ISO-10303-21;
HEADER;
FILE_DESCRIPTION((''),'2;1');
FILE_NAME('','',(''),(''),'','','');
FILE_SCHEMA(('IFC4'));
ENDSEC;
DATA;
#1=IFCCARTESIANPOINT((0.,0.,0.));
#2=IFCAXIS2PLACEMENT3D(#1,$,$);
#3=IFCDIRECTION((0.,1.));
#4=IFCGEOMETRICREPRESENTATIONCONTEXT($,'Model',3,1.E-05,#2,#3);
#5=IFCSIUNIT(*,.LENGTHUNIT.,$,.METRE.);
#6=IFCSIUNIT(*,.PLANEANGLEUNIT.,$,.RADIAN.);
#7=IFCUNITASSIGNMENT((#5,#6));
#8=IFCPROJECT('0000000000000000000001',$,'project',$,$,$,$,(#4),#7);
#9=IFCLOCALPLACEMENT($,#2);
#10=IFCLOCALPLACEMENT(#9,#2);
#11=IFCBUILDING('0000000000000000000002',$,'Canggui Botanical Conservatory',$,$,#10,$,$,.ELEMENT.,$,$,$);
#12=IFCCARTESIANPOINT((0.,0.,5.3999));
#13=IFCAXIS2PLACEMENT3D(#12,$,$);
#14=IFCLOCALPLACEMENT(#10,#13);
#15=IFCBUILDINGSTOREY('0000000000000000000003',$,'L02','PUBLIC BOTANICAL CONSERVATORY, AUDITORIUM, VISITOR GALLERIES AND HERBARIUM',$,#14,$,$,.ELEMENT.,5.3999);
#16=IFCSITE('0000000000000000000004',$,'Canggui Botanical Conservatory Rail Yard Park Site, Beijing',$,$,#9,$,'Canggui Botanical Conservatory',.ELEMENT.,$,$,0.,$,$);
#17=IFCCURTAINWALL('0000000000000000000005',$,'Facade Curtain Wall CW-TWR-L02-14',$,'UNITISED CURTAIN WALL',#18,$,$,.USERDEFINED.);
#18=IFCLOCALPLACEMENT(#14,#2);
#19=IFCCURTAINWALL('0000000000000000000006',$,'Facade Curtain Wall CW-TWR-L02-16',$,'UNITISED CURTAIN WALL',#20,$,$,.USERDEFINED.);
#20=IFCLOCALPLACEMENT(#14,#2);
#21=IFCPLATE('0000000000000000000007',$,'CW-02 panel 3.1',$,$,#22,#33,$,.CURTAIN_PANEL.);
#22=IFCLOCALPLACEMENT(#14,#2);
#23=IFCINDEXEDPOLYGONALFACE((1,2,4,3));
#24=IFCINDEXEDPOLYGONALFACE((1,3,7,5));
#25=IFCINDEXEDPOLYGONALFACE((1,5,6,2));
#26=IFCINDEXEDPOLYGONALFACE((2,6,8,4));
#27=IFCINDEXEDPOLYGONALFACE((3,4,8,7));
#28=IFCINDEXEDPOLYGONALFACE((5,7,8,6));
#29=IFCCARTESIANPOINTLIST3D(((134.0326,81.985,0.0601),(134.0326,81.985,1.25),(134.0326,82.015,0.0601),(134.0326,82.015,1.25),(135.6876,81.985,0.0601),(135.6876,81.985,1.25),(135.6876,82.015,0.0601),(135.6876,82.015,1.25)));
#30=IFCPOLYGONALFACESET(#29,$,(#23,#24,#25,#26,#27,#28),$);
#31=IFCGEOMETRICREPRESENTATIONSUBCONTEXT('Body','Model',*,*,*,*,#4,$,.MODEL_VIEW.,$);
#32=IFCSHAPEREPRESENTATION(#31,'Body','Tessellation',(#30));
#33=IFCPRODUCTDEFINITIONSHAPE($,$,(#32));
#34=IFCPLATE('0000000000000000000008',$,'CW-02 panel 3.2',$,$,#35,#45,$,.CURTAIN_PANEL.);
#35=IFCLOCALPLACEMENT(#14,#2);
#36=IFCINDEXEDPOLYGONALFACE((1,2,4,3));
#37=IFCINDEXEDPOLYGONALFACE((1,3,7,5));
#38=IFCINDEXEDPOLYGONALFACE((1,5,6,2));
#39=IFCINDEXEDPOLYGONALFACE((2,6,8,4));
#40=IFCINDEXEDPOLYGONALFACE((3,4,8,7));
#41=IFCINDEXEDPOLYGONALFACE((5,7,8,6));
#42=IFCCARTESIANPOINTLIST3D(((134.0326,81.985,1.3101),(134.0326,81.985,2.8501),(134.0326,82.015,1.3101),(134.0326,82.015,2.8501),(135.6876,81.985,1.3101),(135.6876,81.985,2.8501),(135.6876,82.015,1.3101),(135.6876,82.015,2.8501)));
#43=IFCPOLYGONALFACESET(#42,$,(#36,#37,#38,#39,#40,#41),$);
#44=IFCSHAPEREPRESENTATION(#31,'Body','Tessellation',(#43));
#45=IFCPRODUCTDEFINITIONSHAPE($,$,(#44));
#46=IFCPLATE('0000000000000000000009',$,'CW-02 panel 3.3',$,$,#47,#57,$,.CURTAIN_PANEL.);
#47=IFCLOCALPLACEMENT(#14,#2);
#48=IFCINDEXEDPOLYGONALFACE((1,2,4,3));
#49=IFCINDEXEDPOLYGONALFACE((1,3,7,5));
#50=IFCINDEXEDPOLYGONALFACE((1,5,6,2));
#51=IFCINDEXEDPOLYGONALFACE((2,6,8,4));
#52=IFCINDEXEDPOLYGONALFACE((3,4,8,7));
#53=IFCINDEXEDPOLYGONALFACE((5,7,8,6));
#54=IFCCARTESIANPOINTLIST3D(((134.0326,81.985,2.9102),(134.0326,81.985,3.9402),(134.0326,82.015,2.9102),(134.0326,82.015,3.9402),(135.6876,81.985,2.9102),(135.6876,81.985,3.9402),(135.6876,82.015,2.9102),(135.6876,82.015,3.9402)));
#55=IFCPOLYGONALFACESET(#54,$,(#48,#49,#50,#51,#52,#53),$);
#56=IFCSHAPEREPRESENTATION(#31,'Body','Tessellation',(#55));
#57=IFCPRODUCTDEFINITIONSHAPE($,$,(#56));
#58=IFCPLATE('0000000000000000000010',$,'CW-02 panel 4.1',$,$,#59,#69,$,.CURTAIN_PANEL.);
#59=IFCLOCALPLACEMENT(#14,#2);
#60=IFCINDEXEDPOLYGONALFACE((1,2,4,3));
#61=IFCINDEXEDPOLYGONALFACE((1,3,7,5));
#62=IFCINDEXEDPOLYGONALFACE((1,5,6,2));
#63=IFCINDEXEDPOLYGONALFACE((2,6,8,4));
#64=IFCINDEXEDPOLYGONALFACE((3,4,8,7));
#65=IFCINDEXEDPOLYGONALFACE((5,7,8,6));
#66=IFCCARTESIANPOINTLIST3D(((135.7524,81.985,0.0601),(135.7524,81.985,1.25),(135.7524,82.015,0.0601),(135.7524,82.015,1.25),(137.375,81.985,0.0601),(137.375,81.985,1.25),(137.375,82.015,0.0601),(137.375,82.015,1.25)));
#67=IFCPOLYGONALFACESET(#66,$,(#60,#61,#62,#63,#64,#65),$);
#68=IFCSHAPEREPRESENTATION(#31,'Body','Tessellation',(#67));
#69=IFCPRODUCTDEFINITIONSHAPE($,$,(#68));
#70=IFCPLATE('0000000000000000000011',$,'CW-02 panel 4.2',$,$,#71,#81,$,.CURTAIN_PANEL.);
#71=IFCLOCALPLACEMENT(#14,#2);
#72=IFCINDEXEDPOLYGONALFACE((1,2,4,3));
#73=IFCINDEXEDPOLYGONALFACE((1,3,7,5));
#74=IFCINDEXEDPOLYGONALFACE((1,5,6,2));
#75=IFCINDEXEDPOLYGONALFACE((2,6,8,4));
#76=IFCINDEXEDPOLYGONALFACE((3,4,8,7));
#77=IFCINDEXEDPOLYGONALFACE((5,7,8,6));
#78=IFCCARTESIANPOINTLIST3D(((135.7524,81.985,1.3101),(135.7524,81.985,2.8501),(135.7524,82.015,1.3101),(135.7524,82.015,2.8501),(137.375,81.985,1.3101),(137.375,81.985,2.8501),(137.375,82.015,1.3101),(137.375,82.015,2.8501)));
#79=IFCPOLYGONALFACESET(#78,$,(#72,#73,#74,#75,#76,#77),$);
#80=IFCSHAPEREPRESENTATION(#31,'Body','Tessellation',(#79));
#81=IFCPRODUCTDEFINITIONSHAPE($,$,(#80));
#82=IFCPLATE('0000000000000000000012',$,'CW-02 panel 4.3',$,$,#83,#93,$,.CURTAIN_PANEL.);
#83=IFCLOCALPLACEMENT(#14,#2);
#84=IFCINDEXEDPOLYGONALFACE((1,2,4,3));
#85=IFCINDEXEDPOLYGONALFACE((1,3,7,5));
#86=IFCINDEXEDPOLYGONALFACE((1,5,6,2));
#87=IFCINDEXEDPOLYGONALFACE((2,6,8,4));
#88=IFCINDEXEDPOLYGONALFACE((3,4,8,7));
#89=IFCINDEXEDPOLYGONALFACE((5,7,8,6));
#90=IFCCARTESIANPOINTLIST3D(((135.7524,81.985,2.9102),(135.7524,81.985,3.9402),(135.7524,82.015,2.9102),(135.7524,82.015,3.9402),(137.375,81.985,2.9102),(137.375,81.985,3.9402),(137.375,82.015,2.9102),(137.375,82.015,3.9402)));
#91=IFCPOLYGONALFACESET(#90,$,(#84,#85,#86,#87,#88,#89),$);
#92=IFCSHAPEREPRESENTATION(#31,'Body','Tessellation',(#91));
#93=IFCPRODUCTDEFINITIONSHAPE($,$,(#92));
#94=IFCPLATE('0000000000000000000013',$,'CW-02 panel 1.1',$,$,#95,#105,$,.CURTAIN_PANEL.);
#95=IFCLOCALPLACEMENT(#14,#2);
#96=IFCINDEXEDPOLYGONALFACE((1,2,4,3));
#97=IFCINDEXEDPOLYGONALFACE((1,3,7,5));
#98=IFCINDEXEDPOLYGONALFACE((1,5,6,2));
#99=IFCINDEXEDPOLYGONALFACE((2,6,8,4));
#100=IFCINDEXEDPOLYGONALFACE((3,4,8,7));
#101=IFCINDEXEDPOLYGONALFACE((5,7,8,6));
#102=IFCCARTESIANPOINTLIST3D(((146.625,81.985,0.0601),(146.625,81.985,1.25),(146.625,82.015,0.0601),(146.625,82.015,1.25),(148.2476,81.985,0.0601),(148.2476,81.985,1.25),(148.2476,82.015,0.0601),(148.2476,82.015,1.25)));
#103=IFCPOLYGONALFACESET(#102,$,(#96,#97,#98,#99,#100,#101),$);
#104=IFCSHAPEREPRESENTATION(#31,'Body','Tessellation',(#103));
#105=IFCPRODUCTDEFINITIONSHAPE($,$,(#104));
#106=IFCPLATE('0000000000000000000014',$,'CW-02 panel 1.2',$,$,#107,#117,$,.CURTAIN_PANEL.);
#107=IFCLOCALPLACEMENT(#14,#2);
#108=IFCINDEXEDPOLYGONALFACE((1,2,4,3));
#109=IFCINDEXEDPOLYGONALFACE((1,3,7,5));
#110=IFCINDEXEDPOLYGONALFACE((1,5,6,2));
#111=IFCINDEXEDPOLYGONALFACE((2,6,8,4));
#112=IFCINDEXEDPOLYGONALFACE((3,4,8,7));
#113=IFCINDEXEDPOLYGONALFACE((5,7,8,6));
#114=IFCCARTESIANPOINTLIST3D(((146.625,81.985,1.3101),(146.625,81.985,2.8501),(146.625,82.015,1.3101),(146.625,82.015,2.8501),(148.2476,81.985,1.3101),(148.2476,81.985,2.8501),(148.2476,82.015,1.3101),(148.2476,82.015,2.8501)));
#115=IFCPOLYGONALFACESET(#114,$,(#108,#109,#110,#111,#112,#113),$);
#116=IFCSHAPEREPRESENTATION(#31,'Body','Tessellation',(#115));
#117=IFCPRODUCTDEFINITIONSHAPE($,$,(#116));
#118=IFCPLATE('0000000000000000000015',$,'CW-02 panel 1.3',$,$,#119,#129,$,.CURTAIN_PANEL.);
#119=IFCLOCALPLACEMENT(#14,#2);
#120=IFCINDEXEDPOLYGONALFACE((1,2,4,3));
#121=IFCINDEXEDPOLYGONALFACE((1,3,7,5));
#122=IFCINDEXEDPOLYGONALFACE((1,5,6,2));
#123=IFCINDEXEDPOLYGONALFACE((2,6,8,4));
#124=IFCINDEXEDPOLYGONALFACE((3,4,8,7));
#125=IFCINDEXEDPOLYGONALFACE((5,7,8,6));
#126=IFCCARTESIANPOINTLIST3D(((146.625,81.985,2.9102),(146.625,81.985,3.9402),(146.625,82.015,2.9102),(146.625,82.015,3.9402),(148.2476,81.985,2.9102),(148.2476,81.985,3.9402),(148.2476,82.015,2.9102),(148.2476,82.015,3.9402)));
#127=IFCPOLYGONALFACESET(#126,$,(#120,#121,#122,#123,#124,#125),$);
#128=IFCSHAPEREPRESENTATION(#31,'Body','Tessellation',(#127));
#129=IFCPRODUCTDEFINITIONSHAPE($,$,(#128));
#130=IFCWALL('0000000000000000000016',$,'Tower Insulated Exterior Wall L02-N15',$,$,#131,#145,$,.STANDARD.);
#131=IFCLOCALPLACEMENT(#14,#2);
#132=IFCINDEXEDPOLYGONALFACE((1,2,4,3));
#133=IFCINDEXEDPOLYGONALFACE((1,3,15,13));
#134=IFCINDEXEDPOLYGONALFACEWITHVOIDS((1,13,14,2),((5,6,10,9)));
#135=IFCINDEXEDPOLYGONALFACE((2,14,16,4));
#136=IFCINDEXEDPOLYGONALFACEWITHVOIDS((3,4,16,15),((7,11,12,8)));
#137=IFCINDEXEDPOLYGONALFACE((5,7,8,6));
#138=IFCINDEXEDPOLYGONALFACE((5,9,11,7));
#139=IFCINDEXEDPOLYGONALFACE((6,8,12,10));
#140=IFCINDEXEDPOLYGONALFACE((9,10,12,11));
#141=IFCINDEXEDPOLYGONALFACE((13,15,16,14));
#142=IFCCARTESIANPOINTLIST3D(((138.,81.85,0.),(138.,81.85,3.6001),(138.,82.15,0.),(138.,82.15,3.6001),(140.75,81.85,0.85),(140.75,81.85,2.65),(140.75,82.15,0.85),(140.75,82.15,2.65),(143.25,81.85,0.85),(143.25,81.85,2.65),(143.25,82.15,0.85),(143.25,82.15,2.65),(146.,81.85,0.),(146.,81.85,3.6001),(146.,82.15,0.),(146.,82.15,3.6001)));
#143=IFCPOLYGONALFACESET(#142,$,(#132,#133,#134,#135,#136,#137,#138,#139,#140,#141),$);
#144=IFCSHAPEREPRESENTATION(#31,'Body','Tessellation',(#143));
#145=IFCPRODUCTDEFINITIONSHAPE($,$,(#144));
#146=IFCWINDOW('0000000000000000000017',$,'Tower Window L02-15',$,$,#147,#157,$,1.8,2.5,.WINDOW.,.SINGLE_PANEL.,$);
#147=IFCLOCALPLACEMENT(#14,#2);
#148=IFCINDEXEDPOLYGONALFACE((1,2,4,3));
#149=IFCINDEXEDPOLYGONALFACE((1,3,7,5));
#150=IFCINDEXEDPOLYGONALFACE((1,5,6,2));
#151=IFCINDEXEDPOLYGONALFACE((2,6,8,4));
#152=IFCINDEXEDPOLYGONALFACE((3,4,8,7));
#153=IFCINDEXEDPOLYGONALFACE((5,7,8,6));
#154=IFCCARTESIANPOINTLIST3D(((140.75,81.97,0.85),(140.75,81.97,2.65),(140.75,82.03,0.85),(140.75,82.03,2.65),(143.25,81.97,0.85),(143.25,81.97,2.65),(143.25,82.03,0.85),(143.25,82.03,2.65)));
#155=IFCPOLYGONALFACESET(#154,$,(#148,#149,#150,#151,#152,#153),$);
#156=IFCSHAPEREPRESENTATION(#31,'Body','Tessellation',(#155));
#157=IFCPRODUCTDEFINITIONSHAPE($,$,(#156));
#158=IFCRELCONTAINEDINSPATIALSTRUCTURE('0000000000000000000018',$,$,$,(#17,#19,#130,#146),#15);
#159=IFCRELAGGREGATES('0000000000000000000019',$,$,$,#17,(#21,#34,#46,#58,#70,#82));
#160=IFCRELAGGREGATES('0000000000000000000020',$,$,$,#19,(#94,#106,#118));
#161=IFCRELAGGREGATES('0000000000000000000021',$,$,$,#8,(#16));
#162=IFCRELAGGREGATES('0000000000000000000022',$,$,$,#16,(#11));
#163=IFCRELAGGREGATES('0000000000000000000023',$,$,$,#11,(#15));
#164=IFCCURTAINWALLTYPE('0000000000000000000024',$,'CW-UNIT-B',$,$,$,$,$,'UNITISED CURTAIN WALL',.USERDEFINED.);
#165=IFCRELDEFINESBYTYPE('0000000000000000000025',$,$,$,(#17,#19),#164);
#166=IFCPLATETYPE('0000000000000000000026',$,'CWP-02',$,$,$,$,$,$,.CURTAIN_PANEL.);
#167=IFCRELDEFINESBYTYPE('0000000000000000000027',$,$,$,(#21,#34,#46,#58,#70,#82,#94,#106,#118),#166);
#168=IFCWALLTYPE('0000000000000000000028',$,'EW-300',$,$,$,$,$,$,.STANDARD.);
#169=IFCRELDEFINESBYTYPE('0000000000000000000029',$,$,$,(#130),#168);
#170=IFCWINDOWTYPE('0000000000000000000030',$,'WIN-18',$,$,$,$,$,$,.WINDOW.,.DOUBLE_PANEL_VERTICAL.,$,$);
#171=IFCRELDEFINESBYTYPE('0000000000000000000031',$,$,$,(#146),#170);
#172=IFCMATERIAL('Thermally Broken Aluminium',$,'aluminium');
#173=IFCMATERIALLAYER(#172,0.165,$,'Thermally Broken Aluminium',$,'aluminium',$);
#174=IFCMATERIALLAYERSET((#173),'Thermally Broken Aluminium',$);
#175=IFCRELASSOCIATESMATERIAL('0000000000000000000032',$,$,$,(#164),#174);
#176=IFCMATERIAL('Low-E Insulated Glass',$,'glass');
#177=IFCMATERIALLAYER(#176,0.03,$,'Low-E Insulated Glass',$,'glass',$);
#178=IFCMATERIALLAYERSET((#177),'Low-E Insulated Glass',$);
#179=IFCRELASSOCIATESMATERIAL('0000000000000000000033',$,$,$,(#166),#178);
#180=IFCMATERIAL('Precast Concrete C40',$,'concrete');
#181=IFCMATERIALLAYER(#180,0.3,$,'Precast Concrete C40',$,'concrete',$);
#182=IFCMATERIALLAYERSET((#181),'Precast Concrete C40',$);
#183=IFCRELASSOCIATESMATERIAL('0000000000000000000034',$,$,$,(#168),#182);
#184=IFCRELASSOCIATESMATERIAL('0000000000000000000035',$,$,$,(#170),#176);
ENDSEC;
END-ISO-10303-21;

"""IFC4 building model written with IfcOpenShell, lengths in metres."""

from ifc_helpers import new_model, si_unit, direction, frame, frame_2d, origin, origin_2d, place, context, subcontext, project, spatial, rectangle, extrude, material, layer, layer_set, type_object, element, fill, aggregate, save


model = new_model("IFC4")

# Units and contexts
model_context = context("Model", 3, precision=1e-05, world=origin(), true_north=direction((0.0, 1.0)))
body_context = subcontext(model_context, "Body", "Model", "MODEL_VIEW")
ifc_project = project(units=[si_unit("LENGTHUNIT", "METRE"), si_unit("PLANEANGLEUNIT", "RADIAN")], contexts=[model_context])

# Site, building, storey
site_placement = place(None, origin())
site = spatial("IfcSite", under=ifc_project, at=site_placement, Name="Canggui Botanical Conservatory Rail Yard Park Site, Beijing", LongName="Canggui Botanical Conservatory", CompositionType="ELEMENT", RefElevation=0.0)
building_placement = place(site_placement, origin())
building = spatial("IfcBuilding", under=site, at=building_placement, Name="Canggui Botanical Conservatory", CompositionType="ELEMENT")
storey_placement = place(building_placement, frame((0.0, 0.0, 5.3999)))
storey = spatial("IfcBuildingStorey", under=building, at=storey_placement, Name="L02", Description="PUBLIC BOTANICAL CONSERVATORY, AUDITORIUM, VISITOR GALLERIES AND HERBARIUM", CompositionType="ELEMENT", Elevation=5.3999)

# Curtain walls
ifc_material_1 = material(Name="Thermally Broken Aluminium", Category="aluminium")
ifc_layer_1 = layer(ifc_material_1, 0.165, Name="Thermally Broken Aluminium", Category="aluminium")
ifc_layer_set_1 = layer_set([ifc_layer_1], Name="Thermally Broken Aluminium")
curtain_wall_type = type_object("IfcCurtainWallType", Name="CW-UNIT-B", ElementType="UNITISED CURTAIN WALL", PredefinedType="USERDEFINED", material=ifc_layer_set_1)
curtain_wall_1_placement = place(storey_placement, origin())
curtain_wall_1 = element("IfcCurtainWall", 1, at=curtain_wall_1_placement, inside=storey, type_object=curtain_wall_type, Name="Facade Curtain Wall CW-TWR-L02-14", ObjectType="UNITISED CURTAIN WALL", PredefinedType="USERDEFINED")
curtain_wall_2_placement = place(storey_placement, origin())
curtain_wall_2 = element("IfcCurtainWall", 2, at=curtain_wall_2_placement, inside=storey, type_object=curtain_wall_type, Name="Facade Curtain Wall CW-TWR-L02-16", ObjectType="UNITISED CURTAIN WALL", PredefinedType="USERDEFINED")

# Plates
ifc_material_2 = material(Name="Low-E Insulated Glass", Category="glass")
ifc_layer_2 = layer(ifc_material_2, 0.03, Name="Low-E Insulated Glass", Category="glass")
ifc_layer_set_2 = layer_set([ifc_layer_2], Name="Low-E Insulated Glass")
plate_type = type_object("IfcPlateType", Name="CWP-02", PredefinedType="CURTAIN_PANEL", material=ifc_layer_set_2)
plate_1_placement = place(storey_placement, frame((134.8601, 82.0, 0.0601), z_axis=(0.0, 0.0, 1.0), x_axis=(1.0, 0.0, 0.0)))
plate_1 = element("IfcPlate", 3, at=plate_1_placement, type_object=plate_type, Name="CW-02 panel 3.1", PredefinedType="CURTAIN_PANEL", context=body_context, shape_type="SweptSolid", body=[
    extrude(rectangle(XDim=1.655, YDim=0.03, at=origin_2d()), origin(), (0.0, 0.0, 1.0), 1.1899),
])
plate_2_placement = place(storey_placement, frame((134.8601, 82.0, 1.3101), z_axis=(0.0, 0.0, 1.0), x_axis=(1.0, 0.0, 0.0)))
plate_2 = element("IfcPlate", 4, at=plate_2_placement, type_object=plate_type, Name="CW-02 panel 3.2", PredefinedType="CURTAIN_PANEL", context=body_context, shape_type="SweptSolid", body=[
    extrude(rectangle(XDim=1.655, YDim=0.03, at=origin_2d()), origin(), (0.0, 0.0, 1.0), 1.54),
])
plate_3_placement = place(storey_placement, frame((134.8601, 82.0, 2.9102), z_axis=(0.0, 0.0, 1.0), x_axis=(1.0, 0.0, 0.0)))
plate_3 = element("IfcPlate", 5, at=plate_3_placement, type_object=plate_type, Name="CW-02 panel 3.3", PredefinedType="CURTAIN_PANEL", context=body_context, shape_type="SweptSolid", body=[
    extrude(rectangle(XDim=1.655, YDim=0.03, at=origin_2d()), origin(), (0.0, 0.0, 1.0), 1.03),
])
plate_4_placement = place(storey_placement, frame((136.5637, 82.0, 0.0601), z_axis=(0.0, 0.0, 1.0), x_axis=(1.0, 0.0, 0.0)))
plate_4 = element("IfcPlate", 6, at=plate_4_placement, type_object=plate_type, Name="CW-02 panel 4.1", PredefinedType="CURTAIN_PANEL", context=body_context, shape_type="SweptSolid", body=[
    extrude(rectangle(XDim=1.6226, YDim=0.03, at=origin_2d()), origin(), (0.0, 0.0, 1.0), 1.1899),
])
plate_5_placement = place(storey_placement, frame((136.5637, 82.0, 1.3101), z_axis=(0.0, 0.0, 1.0), x_axis=(1.0, 0.0, 0.0)))
plate_5 = element("IfcPlate", 7, at=plate_5_placement, type_object=plate_type, Name="CW-02 panel 4.2", PredefinedType="CURTAIN_PANEL", context=body_context, shape_type="SweptSolid", body=[
    extrude(rectangle(XDim=1.6226, YDim=0.03, at=origin_2d()), origin(), (0.0, 0.0, 1.0), 1.54),
])
plate_6_placement = place(storey_placement, frame((136.5637, 82.0, 2.9102), z_axis=(0.0, 0.0, 1.0), x_axis=(1.0, 0.0, 0.0)))
plate_6 = element("IfcPlate", 8, at=plate_6_placement, type_object=plate_type, Name="CW-02 panel 4.3", PredefinedType="CURTAIN_PANEL", context=body_context, shape_type="SweptSolid", body=[
    extrude(rectangle(XDim=1.6226, YDim=0.03, at=origin_2d()), origin(), (0.0, 0.0, 1.0), 1.03),
])
aggregate(curtain_wall_1, [plate_1, plate_2, plate_3, plate_4, plate_5, plate_6])
plate_7_placement = place(storey_placement, frame((147.4363, 82.0, 0.0601), z_axis=(0.0, 0.0, 1.0), x_axis=(1.0, 0.0, 0.0)))
plate_7 = element("IfcPlate", 9, at=plate_7_placement, type_object=plate_type, Name="CW-02 panel 1.1", PredefinedType="CURTAIN_PANEL", context=body_context, shape_type="SweptSolid", body=[
    extrude(rectangle(XDim=1.6226, YDim=0.03, at=origin_2d()), origin(), (0.0, 0.0, 1.0), 1.1899),
])
plate_8_placement = place(storey_placement, frame((147.4363, 82.0, 1.3101), z_axis=(0.0, 0.0, 1.0), x_axis=(1.0, 0.0, 0.0)))
plate_8 = element("IfcPlate", 10, at=plate_8_placement, type_object=plate_type, Name="CW-02 panel 1.2", PredefinedType="CURTAIN_PANEL", context=body_context, shape_type="SweptSolid", body=[
    extrude(rectangle(XDim=1.6226, YDim=0.03, at=origin_2d()), origin(), (0.0, 0.0, 1.0), 1.54),
])
plate_9_placement = place(storey_placement, frame((147.4363, 82.0, 2.9102), z_axis=(0.0, 0.0, 1.0), x_axis=(1.0, 0.0, 0.0)))
plate_9 = element("IfcPlate", 11, at=plate_9_placement, type_object=plate_type, Name="CW-02 panel 1.3", PredefinedType="CURTAIN_PANEL", context=body_context, shape_type="SweptSolid", body=[
    extrude(rectangle(XDim=1.6226, YDim=0.03, at=origin_2d()), origin(), (0.0, 0.0, 1.0), 1.03),
])
aggregate(curtain_wall_2, [plate_7, plate_8, plate_9])

# Wall, opening, window
ifc_material_3 = material(Name="Precast Concrete C40", Category="concrete")
ifc_layer_3 = layer(ifc_material_3, 0.3, Name="Precast Concrete C40", Category="concrete")
ifc_layer_set_3 = layer_set([ifc_layer_3], Name="Precast Concrete C40")
wall_type = type_object("IfcWallType", Name="EW-300", PredefinedType="STANDARD", material=ifc_layer_set_3)
wall_placement = place(storey_placement, frame((138.0, 82.0, 0.0), z_axis=(0.0, 0.0, 1.0), x_axis=(1.0, 0.0, 0.0)))
wall = element("IfcWall", 12, at=wall_placement, inside=storey, type_object=wall_type, Name="Tower Insulated Exterior Wall L02-N15", PredefinedType="STANDARD", context=body_context, shape_type="SweptSolid", body=[
    extrude(rectangle(XDim=8.0, YDim=0.3, at=frame_2d((4.0, 0.0))), origin(), (0.0, 0.0, 1.0), 3.6001),
])
opening_placement = place(wall_placement, frame((2.75, 0.0, 0.8501)))
opening = element("IfcOpeningElement", 13, at=opening_placement, cuts=wall, PredefinedType="OPENING", context=body_context, shape_type="SweptSolid", body=[
    extrude(rectangle(XDim=2.5, YDim=1.8, at=frame_2d((1.25, 0.8999))), frame((0.0, 0.1602, 0.0), z_axis=(0.0, -1.0, 0.0), x_axis=(1.0, 0.0, 0.0)), (0.0, 0.0, 1.0), 0.3201),
])
window_type = type_object("IfcWindowType", Name="WIN-18", PartitioningType="DOUBLE_PANEL_VERTICAL", PredefinedType="WINDOW", material=ifc_material_2)
window_placement = place(opening_placement, origin())
window = element("IfcWindow", 14, at=window_placement, inside=storey, type_object=window_type, Name="Tower Window L02-15", OverallHeight=1.8, OverallWidth=2.5, PartitioningType="SINGLE_PANEL", PredefinedType="WINDOW", context=body_context, shape_type="SweptSolid", body=[
    extrude(rectangle(XDim=2.5, YDim=1.8, at=frame_2d((1.25, 0.8999))), frame((0.0, 0.03, 0.0), z_axis=(0.0, -1.0, 0.0), x_axis=(1.0, 0.0, 0.0)), (0.0, 0.0, 1.0), 0.0601),
])
fill(opening, window)

save(model, "model.ifc")
